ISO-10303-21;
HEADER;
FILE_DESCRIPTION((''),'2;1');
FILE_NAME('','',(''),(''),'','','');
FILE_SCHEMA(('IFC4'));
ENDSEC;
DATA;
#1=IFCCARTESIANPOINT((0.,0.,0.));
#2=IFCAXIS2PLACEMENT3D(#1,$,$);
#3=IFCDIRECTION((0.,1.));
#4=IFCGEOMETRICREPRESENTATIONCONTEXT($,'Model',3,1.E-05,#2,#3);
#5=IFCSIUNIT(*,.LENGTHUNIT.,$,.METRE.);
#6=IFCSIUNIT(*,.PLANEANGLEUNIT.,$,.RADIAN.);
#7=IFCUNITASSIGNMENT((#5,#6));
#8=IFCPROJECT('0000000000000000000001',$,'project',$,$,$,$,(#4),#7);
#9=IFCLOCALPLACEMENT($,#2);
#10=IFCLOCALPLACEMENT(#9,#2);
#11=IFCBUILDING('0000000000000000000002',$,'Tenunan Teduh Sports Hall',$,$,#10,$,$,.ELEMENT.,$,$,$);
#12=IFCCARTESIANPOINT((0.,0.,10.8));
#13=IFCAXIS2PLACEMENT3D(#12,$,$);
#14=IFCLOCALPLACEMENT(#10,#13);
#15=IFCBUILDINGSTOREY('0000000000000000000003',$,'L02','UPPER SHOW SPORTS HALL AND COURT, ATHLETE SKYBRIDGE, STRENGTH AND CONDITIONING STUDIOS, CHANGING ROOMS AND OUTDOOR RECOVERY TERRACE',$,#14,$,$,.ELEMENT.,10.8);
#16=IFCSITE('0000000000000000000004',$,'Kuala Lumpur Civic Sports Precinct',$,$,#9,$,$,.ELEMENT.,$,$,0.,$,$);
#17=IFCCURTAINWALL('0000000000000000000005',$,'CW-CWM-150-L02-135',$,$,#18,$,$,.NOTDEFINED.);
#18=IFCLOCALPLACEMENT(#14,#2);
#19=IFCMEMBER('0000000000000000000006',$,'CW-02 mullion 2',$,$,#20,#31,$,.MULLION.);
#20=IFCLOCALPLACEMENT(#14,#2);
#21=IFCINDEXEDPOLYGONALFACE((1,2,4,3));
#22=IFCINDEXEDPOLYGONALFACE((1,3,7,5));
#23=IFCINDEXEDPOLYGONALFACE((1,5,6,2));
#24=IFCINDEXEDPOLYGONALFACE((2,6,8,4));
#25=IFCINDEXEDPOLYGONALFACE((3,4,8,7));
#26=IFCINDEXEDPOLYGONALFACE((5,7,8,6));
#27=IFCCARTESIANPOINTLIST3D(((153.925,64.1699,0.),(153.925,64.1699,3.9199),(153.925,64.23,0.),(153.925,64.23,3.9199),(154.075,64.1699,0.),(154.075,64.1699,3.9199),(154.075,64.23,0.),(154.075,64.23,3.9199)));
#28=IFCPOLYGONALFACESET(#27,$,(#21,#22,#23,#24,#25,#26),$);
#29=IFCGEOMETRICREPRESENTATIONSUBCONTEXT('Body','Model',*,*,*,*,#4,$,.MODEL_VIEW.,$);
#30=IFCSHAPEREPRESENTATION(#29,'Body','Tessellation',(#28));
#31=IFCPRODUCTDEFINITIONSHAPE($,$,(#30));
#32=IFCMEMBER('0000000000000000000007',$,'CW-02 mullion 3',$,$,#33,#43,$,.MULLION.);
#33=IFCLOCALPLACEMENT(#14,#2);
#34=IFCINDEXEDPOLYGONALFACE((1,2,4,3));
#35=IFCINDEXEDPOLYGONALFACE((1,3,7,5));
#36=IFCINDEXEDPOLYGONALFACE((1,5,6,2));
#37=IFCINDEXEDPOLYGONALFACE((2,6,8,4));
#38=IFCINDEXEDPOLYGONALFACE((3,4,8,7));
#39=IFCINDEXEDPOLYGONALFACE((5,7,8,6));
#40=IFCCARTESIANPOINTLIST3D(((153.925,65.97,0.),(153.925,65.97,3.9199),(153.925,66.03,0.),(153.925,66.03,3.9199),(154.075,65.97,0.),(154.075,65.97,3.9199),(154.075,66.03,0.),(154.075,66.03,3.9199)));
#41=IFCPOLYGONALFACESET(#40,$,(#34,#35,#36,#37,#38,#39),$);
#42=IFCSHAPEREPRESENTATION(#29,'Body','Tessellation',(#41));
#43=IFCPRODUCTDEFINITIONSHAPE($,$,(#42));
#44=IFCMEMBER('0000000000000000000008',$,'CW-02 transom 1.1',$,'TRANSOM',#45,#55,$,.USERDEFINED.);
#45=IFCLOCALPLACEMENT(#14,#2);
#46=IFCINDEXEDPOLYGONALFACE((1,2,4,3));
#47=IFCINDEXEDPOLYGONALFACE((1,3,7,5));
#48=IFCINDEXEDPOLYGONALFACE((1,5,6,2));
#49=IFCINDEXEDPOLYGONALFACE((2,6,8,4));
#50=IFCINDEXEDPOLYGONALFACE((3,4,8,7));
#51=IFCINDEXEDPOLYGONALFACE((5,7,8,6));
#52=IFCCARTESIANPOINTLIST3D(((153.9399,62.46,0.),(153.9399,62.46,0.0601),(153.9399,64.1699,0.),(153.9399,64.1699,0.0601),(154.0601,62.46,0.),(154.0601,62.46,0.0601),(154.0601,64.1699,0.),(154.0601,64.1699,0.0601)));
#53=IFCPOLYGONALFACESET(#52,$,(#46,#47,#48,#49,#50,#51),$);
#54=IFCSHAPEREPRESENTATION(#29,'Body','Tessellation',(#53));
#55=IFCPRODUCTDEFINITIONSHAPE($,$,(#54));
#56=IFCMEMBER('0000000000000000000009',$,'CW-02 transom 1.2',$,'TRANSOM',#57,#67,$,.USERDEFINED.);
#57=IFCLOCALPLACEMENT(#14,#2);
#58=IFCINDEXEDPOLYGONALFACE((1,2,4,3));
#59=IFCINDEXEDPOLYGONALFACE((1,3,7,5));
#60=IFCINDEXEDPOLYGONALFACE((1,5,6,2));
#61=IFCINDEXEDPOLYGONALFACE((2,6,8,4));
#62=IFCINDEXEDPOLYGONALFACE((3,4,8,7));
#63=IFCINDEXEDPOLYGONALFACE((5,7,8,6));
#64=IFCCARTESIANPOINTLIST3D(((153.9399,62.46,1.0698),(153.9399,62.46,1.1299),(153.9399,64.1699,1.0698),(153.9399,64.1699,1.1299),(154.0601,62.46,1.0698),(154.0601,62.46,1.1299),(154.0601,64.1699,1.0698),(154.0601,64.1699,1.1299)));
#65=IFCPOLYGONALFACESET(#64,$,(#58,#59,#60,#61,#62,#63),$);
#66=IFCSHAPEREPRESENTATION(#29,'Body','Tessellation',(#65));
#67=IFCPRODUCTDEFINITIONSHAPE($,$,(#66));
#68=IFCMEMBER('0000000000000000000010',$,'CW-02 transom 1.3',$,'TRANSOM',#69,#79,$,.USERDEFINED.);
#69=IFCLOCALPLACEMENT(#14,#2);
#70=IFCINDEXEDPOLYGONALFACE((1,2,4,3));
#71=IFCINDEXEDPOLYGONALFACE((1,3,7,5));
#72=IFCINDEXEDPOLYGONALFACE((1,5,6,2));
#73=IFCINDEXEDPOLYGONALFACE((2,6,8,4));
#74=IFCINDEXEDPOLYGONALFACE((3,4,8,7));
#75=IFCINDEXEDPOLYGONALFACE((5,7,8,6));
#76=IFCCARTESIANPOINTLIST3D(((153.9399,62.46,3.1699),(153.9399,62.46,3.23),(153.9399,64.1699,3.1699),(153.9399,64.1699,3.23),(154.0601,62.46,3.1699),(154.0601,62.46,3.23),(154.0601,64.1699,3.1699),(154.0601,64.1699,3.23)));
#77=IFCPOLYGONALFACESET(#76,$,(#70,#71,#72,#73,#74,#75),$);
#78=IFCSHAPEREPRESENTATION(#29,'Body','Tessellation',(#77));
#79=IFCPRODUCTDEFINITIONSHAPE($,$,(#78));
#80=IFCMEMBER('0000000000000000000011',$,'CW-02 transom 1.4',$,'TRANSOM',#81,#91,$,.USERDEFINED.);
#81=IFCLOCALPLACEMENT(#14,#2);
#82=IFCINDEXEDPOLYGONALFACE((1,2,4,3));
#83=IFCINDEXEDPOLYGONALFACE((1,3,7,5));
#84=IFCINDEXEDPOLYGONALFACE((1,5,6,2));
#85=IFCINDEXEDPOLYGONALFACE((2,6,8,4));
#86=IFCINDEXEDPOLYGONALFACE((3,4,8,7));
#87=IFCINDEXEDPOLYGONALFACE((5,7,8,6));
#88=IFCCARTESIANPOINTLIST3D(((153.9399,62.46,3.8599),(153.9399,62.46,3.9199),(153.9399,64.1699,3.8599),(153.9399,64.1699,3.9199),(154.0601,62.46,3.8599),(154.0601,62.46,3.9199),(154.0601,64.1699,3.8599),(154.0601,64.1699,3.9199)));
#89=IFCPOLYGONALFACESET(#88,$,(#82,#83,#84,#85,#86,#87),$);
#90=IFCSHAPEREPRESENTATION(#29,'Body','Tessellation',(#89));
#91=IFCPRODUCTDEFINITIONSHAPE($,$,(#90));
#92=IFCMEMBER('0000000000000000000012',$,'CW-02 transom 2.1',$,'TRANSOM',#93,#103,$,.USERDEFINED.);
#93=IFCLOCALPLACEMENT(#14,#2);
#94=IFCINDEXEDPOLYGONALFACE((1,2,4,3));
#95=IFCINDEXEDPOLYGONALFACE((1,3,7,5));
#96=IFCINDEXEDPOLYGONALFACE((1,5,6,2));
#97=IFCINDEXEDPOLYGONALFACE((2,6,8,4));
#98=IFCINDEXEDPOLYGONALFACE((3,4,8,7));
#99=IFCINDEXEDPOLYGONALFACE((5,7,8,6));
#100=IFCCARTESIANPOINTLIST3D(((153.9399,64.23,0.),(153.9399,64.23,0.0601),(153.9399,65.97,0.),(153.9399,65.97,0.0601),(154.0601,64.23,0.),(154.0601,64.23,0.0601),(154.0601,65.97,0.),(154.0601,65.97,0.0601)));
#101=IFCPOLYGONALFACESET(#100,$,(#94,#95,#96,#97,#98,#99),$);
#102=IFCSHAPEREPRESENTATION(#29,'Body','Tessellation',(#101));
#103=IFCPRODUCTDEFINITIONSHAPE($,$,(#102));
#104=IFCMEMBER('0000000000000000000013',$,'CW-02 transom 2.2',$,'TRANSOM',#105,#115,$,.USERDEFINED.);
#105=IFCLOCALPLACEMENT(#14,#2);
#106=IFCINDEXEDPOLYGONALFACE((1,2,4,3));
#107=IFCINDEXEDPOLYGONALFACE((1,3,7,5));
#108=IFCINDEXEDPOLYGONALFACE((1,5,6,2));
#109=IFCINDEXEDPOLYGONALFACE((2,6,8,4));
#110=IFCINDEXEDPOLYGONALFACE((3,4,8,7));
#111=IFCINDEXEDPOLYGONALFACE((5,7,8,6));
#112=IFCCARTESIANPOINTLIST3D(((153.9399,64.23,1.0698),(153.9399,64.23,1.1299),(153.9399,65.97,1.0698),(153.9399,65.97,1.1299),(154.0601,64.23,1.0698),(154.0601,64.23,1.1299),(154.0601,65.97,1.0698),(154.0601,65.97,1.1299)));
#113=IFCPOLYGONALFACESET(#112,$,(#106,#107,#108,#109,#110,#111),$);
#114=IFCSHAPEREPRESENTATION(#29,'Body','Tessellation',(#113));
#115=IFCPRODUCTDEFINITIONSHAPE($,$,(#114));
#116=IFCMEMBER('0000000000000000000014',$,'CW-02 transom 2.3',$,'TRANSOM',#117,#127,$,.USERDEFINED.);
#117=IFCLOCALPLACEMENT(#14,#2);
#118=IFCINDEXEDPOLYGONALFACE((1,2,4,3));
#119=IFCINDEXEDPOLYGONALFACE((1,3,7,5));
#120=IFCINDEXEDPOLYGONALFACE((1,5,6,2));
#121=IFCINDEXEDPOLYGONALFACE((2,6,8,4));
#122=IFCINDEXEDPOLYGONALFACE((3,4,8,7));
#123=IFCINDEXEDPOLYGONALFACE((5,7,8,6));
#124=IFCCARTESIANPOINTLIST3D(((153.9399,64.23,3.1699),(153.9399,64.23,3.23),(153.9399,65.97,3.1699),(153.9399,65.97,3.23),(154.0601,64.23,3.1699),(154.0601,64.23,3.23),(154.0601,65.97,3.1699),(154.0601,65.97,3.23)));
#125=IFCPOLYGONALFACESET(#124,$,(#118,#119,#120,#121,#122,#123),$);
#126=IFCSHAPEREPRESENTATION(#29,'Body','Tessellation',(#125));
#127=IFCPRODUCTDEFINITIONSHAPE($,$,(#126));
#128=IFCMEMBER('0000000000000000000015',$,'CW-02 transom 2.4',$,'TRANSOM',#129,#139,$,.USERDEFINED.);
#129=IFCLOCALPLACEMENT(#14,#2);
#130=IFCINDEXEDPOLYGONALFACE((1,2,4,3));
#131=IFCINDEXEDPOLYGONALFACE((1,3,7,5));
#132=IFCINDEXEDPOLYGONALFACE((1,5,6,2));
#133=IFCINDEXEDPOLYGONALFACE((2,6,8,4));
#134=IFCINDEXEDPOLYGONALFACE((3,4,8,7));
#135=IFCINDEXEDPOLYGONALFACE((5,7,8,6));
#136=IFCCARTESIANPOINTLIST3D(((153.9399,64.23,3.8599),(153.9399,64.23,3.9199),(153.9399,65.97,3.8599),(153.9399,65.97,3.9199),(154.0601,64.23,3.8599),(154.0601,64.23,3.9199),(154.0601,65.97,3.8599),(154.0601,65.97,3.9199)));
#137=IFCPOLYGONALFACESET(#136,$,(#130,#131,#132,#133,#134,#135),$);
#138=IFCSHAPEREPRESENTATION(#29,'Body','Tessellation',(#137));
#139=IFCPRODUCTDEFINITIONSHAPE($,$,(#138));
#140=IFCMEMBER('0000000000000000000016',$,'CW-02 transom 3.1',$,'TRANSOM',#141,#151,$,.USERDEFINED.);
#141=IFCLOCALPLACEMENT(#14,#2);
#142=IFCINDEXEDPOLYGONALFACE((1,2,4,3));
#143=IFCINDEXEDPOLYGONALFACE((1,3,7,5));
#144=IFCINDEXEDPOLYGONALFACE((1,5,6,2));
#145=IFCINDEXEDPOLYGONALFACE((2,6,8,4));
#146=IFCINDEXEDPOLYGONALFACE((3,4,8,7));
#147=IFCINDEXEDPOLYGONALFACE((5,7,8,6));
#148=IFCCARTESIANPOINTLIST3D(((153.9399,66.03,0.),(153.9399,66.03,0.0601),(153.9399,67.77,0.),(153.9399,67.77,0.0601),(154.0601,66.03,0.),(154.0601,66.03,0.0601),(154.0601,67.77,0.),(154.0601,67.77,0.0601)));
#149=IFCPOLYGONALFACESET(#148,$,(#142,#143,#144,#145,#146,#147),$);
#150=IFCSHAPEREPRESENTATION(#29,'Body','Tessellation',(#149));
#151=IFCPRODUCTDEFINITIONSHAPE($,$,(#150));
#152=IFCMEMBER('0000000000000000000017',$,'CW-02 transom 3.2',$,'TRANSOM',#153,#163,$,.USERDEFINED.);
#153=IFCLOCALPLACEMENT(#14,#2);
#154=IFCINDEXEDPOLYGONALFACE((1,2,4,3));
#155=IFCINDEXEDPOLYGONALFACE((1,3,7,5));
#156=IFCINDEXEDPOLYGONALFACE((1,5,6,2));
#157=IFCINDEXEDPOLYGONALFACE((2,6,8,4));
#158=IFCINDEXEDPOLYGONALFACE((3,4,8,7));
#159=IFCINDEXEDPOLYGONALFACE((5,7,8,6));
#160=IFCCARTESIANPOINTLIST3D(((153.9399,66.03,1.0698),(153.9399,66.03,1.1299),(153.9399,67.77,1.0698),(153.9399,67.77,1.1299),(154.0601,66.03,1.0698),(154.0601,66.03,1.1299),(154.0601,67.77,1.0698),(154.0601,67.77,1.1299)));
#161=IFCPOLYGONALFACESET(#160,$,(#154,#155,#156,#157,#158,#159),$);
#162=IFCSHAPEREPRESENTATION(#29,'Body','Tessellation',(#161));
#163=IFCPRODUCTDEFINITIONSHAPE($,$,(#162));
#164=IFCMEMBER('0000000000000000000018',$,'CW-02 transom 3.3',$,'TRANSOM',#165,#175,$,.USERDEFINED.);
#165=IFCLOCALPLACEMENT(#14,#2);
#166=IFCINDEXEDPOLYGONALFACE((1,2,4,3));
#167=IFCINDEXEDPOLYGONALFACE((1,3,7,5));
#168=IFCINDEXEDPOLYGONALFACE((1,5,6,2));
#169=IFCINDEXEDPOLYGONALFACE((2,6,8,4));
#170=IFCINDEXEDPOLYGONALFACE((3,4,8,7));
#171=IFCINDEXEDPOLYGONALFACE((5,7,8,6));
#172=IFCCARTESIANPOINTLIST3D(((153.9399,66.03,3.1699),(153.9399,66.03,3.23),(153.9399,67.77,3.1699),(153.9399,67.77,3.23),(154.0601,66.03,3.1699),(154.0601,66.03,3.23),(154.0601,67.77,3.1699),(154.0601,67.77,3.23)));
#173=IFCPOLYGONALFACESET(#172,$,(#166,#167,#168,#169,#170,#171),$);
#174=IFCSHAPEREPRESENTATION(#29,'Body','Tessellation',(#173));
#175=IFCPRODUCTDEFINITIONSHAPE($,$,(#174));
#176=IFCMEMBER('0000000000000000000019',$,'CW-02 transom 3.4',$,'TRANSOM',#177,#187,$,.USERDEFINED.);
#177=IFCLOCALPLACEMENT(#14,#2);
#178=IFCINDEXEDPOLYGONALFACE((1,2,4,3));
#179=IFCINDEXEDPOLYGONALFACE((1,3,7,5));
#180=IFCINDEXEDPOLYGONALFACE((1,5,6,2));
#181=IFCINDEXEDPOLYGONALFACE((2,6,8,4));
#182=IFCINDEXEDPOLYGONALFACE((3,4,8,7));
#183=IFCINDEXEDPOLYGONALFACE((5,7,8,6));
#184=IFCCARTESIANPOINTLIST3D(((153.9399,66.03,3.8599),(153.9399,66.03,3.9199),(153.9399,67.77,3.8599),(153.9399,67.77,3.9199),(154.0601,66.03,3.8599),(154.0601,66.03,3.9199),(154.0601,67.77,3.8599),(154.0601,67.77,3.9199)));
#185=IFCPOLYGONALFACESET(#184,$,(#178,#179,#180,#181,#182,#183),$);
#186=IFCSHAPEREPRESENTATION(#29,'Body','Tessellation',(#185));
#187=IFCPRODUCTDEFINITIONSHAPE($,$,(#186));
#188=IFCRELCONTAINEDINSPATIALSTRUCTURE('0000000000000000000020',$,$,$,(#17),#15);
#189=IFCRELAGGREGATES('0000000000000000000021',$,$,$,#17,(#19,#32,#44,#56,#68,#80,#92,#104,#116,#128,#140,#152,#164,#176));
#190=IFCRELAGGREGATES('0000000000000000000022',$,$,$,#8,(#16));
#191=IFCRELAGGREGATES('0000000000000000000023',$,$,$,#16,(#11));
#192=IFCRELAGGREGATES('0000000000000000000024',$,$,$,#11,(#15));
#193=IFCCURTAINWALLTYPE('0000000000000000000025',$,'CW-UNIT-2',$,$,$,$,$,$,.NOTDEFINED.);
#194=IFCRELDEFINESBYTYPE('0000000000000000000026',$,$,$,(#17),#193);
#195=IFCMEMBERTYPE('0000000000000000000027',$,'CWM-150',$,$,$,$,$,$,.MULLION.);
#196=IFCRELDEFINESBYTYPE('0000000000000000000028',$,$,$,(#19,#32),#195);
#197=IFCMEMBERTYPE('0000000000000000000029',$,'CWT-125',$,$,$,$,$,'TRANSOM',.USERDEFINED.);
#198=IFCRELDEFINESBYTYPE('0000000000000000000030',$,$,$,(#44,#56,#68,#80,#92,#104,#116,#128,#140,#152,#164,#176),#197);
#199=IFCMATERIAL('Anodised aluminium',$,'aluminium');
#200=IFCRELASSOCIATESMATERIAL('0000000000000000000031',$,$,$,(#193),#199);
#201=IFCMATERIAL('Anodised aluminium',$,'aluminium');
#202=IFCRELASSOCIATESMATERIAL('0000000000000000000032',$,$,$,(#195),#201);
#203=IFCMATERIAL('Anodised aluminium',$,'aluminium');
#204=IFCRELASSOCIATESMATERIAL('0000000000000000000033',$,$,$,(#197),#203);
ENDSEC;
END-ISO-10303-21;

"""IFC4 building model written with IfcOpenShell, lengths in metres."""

from ifc_helpers import new_model, si_unit, direction, frame, origin, origin_2d, place, context, subcontext, project, spatial, rectangle, extrude, material, material_profile, profile_set, type_object, element, aggregate, save


model = new_model("IFC4")

# Units and contexts
model_context = context("Model", 3, precision=1e-05, world=origin(), true_north=direction((0.0, 1.0)))
body_context = subcontext(model_context, "Body", "Model", "MODEL_VIEW")
ifc_project = project(units=[si_unit("LENGTHUNIT", "METRE"), si_unit("PLANEANGLEUNIT", "RADIAN")], contexts=[model_context])

# Site, building, storey
site_placement = place(None, origin())
site = spatial("IfcSite", under=ifc_project, at=site_placement, Name="Kuala Lumpur Civic Sports Precinct", CompositionType="ELEMENT", RefElevation=0.0)
building_placement = place(site_placement, origin())
building = spatial("IfcBuilding", under=site, at=building_placement, Name="Tenunan Teduh Sports Hall", CompositionType="ELEMENT")
storey_placement = place(building_placement, frame((0.0, 0.0, 10.8)))
storey = spatial("IfcBuildingStorey", under=building, at=storey_placement, Name="L02", Description="UPPER SHOW SPORTS HALL AND COURT, ATHLETE SKYBRIDGE, STRENGTH AND CONDITIONING STUDIOS, CHANGING ROOMS AND OUTDOOR RECOVERY TERRACE", CompositionType="ELEMENT", Elevation=10.8)

# Curtain wall, members
ifc_material_1 = material(Name="Anodised aluminium", Category="aluminium")
curtain_wall_type = type_object("IfcCurtainWallType", Name="CW-UNIT-2", PredefinedType="NOTDEFINED", material=ifc_material_1)
curtain_wall_placement = place(storey_placement, origin())
curtain_wall = element("IfcCurtainWall", 1, at=curtain_wall_placement, inside=storey, type_object=curtain_wall_type, Name="CW-CWM-150-L02-135", PredefinedType="NOTDEFINED")
ifc_material_2 = material(Name="Anodised aluminium", Category="aluminium")
ifc_material_profile_1 = material_profile(ifc_material_2, rectangle(XDim=0.0601, YDim=0.1499, at=origin_2d()), Name="CWM 60x150")
ifc_profile_set_1 = profile_set([ifc_material_profile_1], Name="Anodised aluminium")
member_type_1 = type_object("IfcMemberType", Name="CWM-150", PredefinedType="MULLION", material=ifc_profile_set_1)
member_1_placement = place(storey_placement, frame((154.0, 64.2, 0.0), z_axis=(0.0, 0.0, 1.0), x_axis=(0.0, 1.0, 0.0)))
member_1 = element("IfcMember", 2, at=member_1_placement, type_object=member_type_1, Name="CW-02 mullion 2", PredefinedType="MULLION", context=body_context, shape_type="SweptSolid", body=[
    extrude(rectangle(XDim=0.0601, YDim=0.1499, at=origin_2d()), origin(), (0.0, 0.0, 1.0), 3.9199),
])
member_2_placement = place(storey_placement, frame((154.0, 66.0, 0.0), z_axis=(0.0, 0.0, 1.0), x_axis=(0.0, 1.0, 0.0)))
member_2 = element("IfcMember", 3, at=member_2_placement, type_object=member_type_1, Name="CW-02 mullion 3", PredefinedType="MULLION", context=body_context, shape_type="SweptSolid", body=[
    extrude(rectangle(XDim=0.0601, YDim=0.1499, at=origin_2d()), origin(), (0.0, 0.0, 1.0), 3.9199),
])
ifc_material_3 = material(Name="Anodised aluminium", Category="aluminium")
ifc_material_profile_2 = material_profile(ifc_material_3, rectangle(XDim=0.0601, YDim=0.1201, at=origin_2d()), Name="CWT 60x120")
ifc_profile_set_2 = profile_set([ifc_material_profile_2], Name="Anodised aluminium")
member_type_2 = type_object("IfcMemberType", Name="CWT-125", ElementType="TRANSOM", PredefinedType="USERDEFINED", material=ifc_profile_set_2)
member_3_placement = place(storey_placement, frame((154.0, 62.46, 0.03), z_axis=(0.0, 1.0, 0.0), x_axis=(0.0, 0.0, 1.0)))
member_3 = element("IfcMember", 4, at=member_3_placement, type_object=member_type_2, Name="CW-02 transom 1.1", ObjectType="TRANSOM", PredefinedType="USERDEFINED", context=body_context, shape_type="SweptSolid", body=[
    extrude(rectangle(XDim=0.0601, YDim=0.1201, at=origin_2d()), origin(), (0.0, 0.0, 1.0), 1.71),
])
member_4_placement = place(storey_placement, frame((154.0, 62.46, 1.0999), z_axis=(0.0, 1.0, 0.0), x_axis=(0.0, 0.0, 1.0)))
member_4 = element("IfcMember", 5, at=member_4_placement, type_object=member_type_2, Name="CW-02 transom 1.2", ObjectType="TRANSOM", PredefinedType="USERDEFINED", context=body_context, shape_type="SweptSolid", body=[
    extrude(rectangle(XDim=0.0601, YDim=0.1201, at=origin_2d()), origin(), (0.0, 0.0, 1.0), 1.71),
])
member_5_placement = place(storey_placement, frame((154.0, 62.46, 3.2), z_axis=(0.0, 1.0, 0.0), x_axis=(0.0, 0.0, 1.0)))
member_5 = element("IfcMember", 6, at=member_5_placement, type_object=member_type_2, Name="CW-02 transom 1.3", ObjectType="TRANSOM", PredefinedType="USERDEFINED", context=body_context, shape_type="SweptSolid", body=[
    extrude(rectangle(XDim=0.0601, YDim=0.1201, at=origin_2d()), origin(), (0.0, 0.0, 1.0), 1.71),
])
member_6_placement = place(storey_placement, frame((154.0, 62.46, 3.8899), z_axis=(0.0, 1.0, 0.0), x_axis=(0.0, 0.0, 1.0)))
member_6 = element("IfcMember", 7, at=member_6_placement, type_object=member_type_2, Name="CW-02 transom 1.4", ObjectType="TRANSOM", PredefinedType="USERDEFINED", context=body_context, shape_type="SweptSolid", body=[
    extrude(rectangle(XDim=0.0601, YDim=0.1201, at=origin_2d()), origin(), (0.0, 0.0, 1.0), 1.71),
])
member_7_placement = place(storey_placement, frame((154.0, 64.23, 0.03), z_axis=(0.0, 1.0, 0.0), x_axis=(0.0, 0.0, 1.0)))
member_7 = element("IfcMember", 8, at=member_7_placement, type_object=member_type_2, Name="CW-02 transom 2.1", ObjectType="TRANSOM", PredefinedType="USERDEFINED", context=body_context, shape_type="SweptSolid", body=[
    extrude(rectangle(XDim=0.0601, YDim=0.1201, at=origin_2d()), origin(), (0.0, 0.0, 1.0), 1.74),
])
member_8_placement = place(storey_placement, frame((154.0, 64.23, 1.0999), z_axis=(0.0, 1.0, 0.0), x_axis=(0.0, 0.0, 1.0)))
member_8 = element("IfcMember", 9, at=member_8_placement, type_object=member_type_2, Name="CW-02 transom 2.2", ObjectType="TRANSOM", PredefinedType="USERDEFINED", context=body_context, shape_type="SweptSolid", body=[
    extrude(rectangle(XDim=0.0601, YDim=0.1201, at=origin_2d()), origin(), (0.0, 0.0, 1.0), 1.74),
])
member_9_placement = place(storey_placement, frame((154.0, 64.23, 3.2), z_axis=(0.0, 1.0, 0.0), x_axis=(0.0, 0.0, 1.0)))
member_9 = element("IfcMember", 10, at=member_9_placement, type_object=member_type_2, Name="CW-02 transom 2.3", ObjectType="TRANSOM", PredefinedType="USERDEFINED", context=body_context, shape_type="SweptSolid", body=[
    extrude(rectangle(XDim=0.0601, YDim=0.1201, at=origin_2d()), origin(), (0.0, 0.0, 1.0), 1.74),
])
member_10_placement = place(storey_placement, frame((154.0, 64.23, 3.8899), z_axis=(0.0, 1.0, 0.0), x_axis=(0.0, 0.0, 1.0)))
member_10 = element("IfcMember", 11, at=member_10_placement, type_object=member_type_2, Name="CW-02 transom 2.4", ObjectType="TRANSOM", PredefinedType="USERDEFINED", context=body_context, shape_type="SweptSolid", body=[
    extrude(rectangle(XDim=0.0601, YDim=0.1201, at=origin_2d()), origin(), (0.0, 0.0, 1.0), 1.74),
])
member_11_placement = place(storey_placement, frame((154.0, 66.03, 0.03), z_axis=(0.0, 1.0, 0.0), x_axis=(0.0, 0.0, 1.0)))
member_11 = element("IfcMember", 12, at=member_11_placement, type_object=member_type_2, Name="CW-02 transom 3.1", ObjectType="TRANSOM", PredefinedType="USERDEFINED", context=body_context, shape_type="SweptSolid", body=[
    extrude(rectangle(XDim=0.0601, YDim=0.1201, at=origin_2d()), origin(), (0.0, 0.0, 1.0), 1.74),
])
member_12_placement = place(storey_placement, frame((154.0, 66.03, 1.0999), z_axis=(0.0, 1.0, 0.0), x_axis=(0.0, 0.0, 1.0)))
member_12 = element("IfcMember", 13, at=member_12_placement, type_object=member_type_2, Name="CW-02 transom 3.2", ObjectType="TRANSOM", PredefinedType="USERDEFINED", context=body_context, shape_type="SweptSolid", body=[
    extrude(rectangle(XDim=0.0601, YDim=0.1201, at=origin_2d()), origin(), (0.0, 0.0, 1.0), 1.74),
])
member_13_placement = place(storey_placement, frame((154.0, 66.03, 3.2), z_axis=(0.0, 1.0, 0.0), x_axis=(0.0, 0.0, 1.0)))
member_13 = element("IfcMember", 14, at=member_13_placement, type_object=member_type_2, Name="CW-02 transom 3.3", ObjectType="TRANSOM", PredefinedType="USERDEFINED", context=body_context, shape_type="SweptSolid", body=[
    extrude(rectangle(XDim=0.0601, YDim=0.1201, at=origin_2d()), origin(), (0.0, 0.0, 1.0), 1.74),
])
member_14_placement = place(storey_placement, frame((154.0, 66.03, 3.8899), z_axis=(0.0, 1.0, 0.0), x_axis=(0.0, 0.0, 1.0)))
member_14 = element("IfcMember", 15, at=member_14_placement, type_object=member_type_2, Name="CW-02 transom 3.4", ObjectType="TRANSOM", PredefinedType="USERDEFINED", context=body_context, shape_type="SweptSolid", body=[
    extrude(rectangle(XDim=0.0601, YDim=0.1201, at=origin_2d()), origin(), (0.0, 0.0, 1.0), 1.74),
])

aggregate(curtain_wall, [member_1, member_2, member_3, member_4, member_5, member_6, member_7, member_8, member_9, member_10, member_11, member_12, member_13, member_14])

save(model, "model.ifc")
